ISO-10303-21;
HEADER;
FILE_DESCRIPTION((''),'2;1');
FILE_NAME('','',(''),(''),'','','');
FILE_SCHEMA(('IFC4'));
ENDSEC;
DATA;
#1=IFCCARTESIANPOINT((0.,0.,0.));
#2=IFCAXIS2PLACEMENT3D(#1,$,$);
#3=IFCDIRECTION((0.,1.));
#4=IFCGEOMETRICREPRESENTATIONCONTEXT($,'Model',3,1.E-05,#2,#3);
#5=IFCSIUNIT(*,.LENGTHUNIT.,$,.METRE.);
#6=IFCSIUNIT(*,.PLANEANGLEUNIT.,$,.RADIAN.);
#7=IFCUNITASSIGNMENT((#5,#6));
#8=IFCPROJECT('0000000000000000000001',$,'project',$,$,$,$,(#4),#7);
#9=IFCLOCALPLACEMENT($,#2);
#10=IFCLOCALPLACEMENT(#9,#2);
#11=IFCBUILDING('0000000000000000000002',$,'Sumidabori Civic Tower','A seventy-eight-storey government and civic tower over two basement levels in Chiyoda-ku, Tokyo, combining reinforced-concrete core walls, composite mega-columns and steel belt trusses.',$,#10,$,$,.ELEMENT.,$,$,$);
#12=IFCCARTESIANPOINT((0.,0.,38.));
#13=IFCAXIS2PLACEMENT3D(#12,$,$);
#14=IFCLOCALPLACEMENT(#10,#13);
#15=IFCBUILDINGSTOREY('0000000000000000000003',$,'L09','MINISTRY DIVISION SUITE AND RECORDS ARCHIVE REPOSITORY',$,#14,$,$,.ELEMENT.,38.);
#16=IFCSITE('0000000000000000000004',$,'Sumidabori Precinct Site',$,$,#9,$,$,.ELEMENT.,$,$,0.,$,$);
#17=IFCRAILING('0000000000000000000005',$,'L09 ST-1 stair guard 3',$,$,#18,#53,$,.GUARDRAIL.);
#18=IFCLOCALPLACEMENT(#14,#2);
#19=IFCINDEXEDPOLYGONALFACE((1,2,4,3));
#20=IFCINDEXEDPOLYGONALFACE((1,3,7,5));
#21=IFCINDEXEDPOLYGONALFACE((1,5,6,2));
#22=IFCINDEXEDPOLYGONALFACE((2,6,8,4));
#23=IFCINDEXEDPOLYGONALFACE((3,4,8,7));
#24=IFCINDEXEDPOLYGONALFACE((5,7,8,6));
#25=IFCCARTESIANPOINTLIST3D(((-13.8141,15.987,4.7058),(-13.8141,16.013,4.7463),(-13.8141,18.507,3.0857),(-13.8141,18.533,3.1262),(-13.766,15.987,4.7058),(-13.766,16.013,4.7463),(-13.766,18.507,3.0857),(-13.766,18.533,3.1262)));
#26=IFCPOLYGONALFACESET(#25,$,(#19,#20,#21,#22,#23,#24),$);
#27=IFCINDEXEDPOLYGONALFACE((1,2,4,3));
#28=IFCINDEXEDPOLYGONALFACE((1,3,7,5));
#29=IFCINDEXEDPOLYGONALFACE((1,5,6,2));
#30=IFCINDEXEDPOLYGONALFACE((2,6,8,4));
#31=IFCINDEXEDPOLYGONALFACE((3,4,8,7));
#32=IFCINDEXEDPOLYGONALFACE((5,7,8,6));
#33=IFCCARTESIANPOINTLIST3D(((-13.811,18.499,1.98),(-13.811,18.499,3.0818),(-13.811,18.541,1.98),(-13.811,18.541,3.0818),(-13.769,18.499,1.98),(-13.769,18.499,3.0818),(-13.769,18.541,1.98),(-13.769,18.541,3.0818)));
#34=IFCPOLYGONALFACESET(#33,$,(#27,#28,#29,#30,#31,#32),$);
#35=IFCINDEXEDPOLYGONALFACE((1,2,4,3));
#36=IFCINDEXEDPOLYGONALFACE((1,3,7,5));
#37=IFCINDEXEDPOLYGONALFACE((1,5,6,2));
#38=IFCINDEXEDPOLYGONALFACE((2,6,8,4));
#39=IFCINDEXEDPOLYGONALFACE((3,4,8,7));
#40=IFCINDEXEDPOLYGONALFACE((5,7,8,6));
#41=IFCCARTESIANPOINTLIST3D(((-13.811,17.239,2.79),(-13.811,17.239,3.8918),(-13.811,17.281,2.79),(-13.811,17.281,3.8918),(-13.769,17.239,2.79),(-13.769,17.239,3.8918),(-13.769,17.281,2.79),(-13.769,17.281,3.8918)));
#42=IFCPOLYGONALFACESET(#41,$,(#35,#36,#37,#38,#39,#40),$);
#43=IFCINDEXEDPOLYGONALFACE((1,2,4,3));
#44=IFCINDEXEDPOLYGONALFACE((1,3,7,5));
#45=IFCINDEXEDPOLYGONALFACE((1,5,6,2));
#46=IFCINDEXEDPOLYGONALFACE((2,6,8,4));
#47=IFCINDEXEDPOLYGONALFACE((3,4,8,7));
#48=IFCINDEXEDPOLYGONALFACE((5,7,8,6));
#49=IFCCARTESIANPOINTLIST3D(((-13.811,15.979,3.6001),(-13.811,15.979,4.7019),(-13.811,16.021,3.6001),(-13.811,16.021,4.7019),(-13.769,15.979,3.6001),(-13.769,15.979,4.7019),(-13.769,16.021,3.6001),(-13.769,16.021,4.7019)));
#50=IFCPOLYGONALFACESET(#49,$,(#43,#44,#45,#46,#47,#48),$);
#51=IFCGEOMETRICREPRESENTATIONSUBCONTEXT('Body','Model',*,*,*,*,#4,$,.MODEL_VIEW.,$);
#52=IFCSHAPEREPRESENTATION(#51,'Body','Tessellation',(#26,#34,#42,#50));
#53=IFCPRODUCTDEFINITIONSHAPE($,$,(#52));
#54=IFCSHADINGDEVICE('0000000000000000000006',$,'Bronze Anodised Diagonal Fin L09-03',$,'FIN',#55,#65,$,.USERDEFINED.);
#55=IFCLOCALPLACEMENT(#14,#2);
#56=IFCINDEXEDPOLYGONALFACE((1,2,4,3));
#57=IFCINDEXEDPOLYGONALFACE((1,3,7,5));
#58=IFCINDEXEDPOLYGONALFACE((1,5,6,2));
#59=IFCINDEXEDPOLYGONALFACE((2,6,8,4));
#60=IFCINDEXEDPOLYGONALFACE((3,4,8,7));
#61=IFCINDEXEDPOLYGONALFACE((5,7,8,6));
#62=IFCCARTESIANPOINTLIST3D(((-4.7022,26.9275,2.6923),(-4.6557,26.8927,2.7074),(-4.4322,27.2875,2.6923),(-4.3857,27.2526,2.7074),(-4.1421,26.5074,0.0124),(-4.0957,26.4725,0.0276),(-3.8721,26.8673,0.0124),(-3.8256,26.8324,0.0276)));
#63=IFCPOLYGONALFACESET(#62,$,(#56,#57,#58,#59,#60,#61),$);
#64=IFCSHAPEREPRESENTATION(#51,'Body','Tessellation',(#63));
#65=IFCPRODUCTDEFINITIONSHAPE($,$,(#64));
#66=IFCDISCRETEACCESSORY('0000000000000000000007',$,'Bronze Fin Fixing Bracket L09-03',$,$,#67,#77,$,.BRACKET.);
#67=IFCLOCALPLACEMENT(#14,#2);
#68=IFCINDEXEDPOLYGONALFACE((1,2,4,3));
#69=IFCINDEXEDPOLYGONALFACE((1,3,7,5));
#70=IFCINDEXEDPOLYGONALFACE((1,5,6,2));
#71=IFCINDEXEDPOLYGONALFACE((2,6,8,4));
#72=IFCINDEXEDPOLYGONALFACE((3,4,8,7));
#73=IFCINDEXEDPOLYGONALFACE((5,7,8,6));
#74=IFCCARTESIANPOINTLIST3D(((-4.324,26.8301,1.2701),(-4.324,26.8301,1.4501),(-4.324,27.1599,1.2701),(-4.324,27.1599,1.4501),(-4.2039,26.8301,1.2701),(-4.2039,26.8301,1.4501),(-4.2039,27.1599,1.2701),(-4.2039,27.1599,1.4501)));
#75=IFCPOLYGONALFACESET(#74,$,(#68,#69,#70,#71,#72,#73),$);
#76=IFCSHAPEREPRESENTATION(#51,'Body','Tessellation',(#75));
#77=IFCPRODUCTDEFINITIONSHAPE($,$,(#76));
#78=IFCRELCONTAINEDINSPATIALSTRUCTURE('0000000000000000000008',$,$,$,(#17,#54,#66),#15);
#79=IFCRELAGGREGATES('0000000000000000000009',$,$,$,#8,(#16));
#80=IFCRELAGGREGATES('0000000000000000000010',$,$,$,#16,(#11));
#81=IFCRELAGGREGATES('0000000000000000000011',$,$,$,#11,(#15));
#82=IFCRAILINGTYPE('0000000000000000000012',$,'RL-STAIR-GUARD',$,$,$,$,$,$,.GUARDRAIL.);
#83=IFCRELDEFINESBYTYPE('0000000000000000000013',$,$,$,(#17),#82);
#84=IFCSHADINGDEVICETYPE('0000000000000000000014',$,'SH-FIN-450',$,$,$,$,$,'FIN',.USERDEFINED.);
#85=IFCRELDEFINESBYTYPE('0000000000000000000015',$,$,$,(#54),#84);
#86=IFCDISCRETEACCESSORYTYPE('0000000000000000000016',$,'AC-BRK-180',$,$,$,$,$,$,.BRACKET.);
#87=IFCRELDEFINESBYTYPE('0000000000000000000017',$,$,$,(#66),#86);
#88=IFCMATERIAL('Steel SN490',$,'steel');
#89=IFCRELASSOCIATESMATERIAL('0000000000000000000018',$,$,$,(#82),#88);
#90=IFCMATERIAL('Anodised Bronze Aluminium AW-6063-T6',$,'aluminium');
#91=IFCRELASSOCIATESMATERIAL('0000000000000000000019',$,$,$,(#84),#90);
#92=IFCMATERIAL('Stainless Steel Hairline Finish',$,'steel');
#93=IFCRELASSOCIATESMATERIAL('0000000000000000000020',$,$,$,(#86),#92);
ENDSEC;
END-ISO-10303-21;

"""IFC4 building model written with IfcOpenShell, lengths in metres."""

from ifc_helpers import new_model, si_unit, direction, frame, origin, origin_2d, place, context, subcontext, project, spatial, rectangle, extrude, source, transform, mapped, material, material_profile, profile_set, type_object, element, save


model = new_model("IFC4")

# Units and contexts
model_context = context("Model", 3, precision=1e-05, world=origin(), true_north=direction((0.0, 1.0)))
body_context = subcontext(model_context, "Body", "Model", "MODEL_VIEW")
ifc_project = project(units=[si_unit("LENGTHUNIT", "METRE"), si_unit("PLANEANGLEUNIT", "RADIAN")], contexts=[model_context])

# Site, building, storey
site_placement = place(None, origin())
site = spatial("IfcSite", under=ifc_project, at=site_placement, Name="Sumidabori Precinct Site", CompositionType="ELEMENT", RefElevation=0.0)
building_placement = place(site_placement, origin())
building = spatial("IfcBuilding", under=site, at=building_placement, Name="Sumidabori Civic Tower", Description="A seventy-eight-storey government and civic tower over two basement levels in Chiyoda-ku, Tokyo, combining reinforced-concrete core walls, composite mega-columns and steel belt trusses.", CompositionType="ELEMENT")
storey_placement = place(building_placement, frame((0.0, 0.0, 38.0)))
storey = spatial("IfcBuildingStorey", under=building, at=storey_placement, Name="L09", Description="MINISTRY DIVISION SUITE AND RECORDS ARCHIVE REPOSITORY", CompositionType="ELEMENT", Elevation=38.0)

# Shared definitions
ifc_material_1 = material(Name="Anodised Bronze Aluminium AW-6063-T6", Category="aluminium")

# Railing
ifc_material_2 = material(Name="Stainless Steel Hairline Finish", Category="steel")
ifc_material_3 = material(Name="Steel SN490", Category="steel")
railing_type_1 = type_object("IfcRailingType", Name="RL-STAIR-GUARD", PredefinedType="GUARDRAIL", material=ifc_material_3)
railing_1_placement = place(storey_placement, frame((-13.79, 18.52, 1.98)))
element("IfcRailing", 1, at=railing_1_placement, inside=storey, type_object=railing_type_1, Name="L09 ST-1 stair guard 3", PredefinedType="GUARDRAIL", context=body_context, shape_type="SweptSolid", body=[
    extrude(rectangle(XDim=0.0481, YDim=0.0481, at=origin_2d()), frame((0.0, 0.0, 1.126), z_axis=(0.0, -0.841163, 0.540782), x_axis=(1.0, 0.0, 0.0)), (0.0, 0.0, 1.0), 2.9958),
    extrude(rectangle(XDim=0.042, YDim=0.042, at=origin_2d()), origin(), (0.0, 0.0, 1.0), 1.1018),
    extrude(rectangle(XDim=0.042, YDim=0.042, at=origin_2d()), frame((0.0, -1.26, 0.8101)), (0.0, 0.0, 1.0), 1.1018),
    extrude(rectangle(XDim=0.042, YDim=0.042, at=origin_2d()), frame((0.0, -2.52, 1.6201)), (0.0, 0.0, 1.0), 1.1018),
])

# Shading device
ifc_material_profile_1 = material_profile(ifc_material_1, rectangle(XDim=0.0601, YDim=0.45, at=origin_2d()), Name="BRONZE FIN 450x60")
ifc_profile_set_1 = profile_set([ifc_material_profile_1], Name="Anodised Bronze Aluminium AW-6063-T6")
shading_device_type = type_object("IfcShadingDeviceType", Name="SH-FIN-450", ElementType="FIN", PredefinedType="USERDEFINED", material=ifc_profile_set_1)
shared_shape_1 = source(origin(), body_context, "Body", "SweptSolid", [
    extrude(rectangle(XDim=0.0601, YDim=0.45, at=origin_2d()), origin(), (0.0, 0.0, 1.0), 2.7698),
])
shading_device_placement = place(storey_placement, frame((-3.9839, 26.6699, 0.02), z_axis=(-0.202196, 0.151691, 0.967526), x_axis=(0.77394, -0.580624, 0.252771)))
element("IfcShadingDevice", 2, at=shading_device_placement, inside=storey, type_object=shading_device_type, Name="Bronze Anodised Diagonal Fin L09-03", ObjectType="FIN", PredefinedType="USERDEFINED", context=body_context, shape_type="MappedRepresentation", body=[
    mapped(shared_shape_1, transform((0.0, 0.0, 0.0), x_axis=(1.0, 0.0, 0.0), y_axis=(0.0, 1.0, 0.0), z_axis=(0.0, 0.0, 1.0), scale=1.0)),
])

# Discrete accessory
ifc_material_profile_2 = material_profile(ifc_material_2, rectangle(XDim=0.1201, YDim=0.1799, at=origin_2d()), Name="STEEL BRACKET 180x120")
ifc_profile_set_2 = profile_set([ifc_material_profile_2], Name="Stainless Steel Hairline Finish")
discrete_accessory_type = type_object("IfcDiscreteAccessoryType", Name="AC-BRK-180", PredefinedType="BRACKET", material=ifc_profile_set_2)
shared_shape_2 = source(origin(), body_context, "Body", "SweptSolid", [
    extrude(rectangle(XDim=0.1201, YDim=0.1799, at=origin_2d()), origin(), (0.0, 0.0, 1.0), 0.3298),
])
discrete_accessory_placement = place(storey_placement, frame((-4.2639, 26.8301, 1.3601), z_axis=(0.0, 1.0, 0.0), x_axis=(-1.0, 0.0, 0.0)))
element("IfcDiscreteAccessory", 3, at=discrete_accessory_placement, inside=storey, type_object=discrete_accessory_type, Name="Bronze Fin Fixing Bracket L09-03", PredefinedType="BRACKET", context=body_context, shape_type="MappedRepresentation", body=[
    mapped(shared_shape_2, transform((0.0, 0.0, 0.0), x_axis=(1.0, 0.0, 0.0), y_axis=(0.0, 1.0, 0.0), z_axis=(0.0, 0.0, 1.0), scale=1.0)),
])

save(model, "model.ifc")
